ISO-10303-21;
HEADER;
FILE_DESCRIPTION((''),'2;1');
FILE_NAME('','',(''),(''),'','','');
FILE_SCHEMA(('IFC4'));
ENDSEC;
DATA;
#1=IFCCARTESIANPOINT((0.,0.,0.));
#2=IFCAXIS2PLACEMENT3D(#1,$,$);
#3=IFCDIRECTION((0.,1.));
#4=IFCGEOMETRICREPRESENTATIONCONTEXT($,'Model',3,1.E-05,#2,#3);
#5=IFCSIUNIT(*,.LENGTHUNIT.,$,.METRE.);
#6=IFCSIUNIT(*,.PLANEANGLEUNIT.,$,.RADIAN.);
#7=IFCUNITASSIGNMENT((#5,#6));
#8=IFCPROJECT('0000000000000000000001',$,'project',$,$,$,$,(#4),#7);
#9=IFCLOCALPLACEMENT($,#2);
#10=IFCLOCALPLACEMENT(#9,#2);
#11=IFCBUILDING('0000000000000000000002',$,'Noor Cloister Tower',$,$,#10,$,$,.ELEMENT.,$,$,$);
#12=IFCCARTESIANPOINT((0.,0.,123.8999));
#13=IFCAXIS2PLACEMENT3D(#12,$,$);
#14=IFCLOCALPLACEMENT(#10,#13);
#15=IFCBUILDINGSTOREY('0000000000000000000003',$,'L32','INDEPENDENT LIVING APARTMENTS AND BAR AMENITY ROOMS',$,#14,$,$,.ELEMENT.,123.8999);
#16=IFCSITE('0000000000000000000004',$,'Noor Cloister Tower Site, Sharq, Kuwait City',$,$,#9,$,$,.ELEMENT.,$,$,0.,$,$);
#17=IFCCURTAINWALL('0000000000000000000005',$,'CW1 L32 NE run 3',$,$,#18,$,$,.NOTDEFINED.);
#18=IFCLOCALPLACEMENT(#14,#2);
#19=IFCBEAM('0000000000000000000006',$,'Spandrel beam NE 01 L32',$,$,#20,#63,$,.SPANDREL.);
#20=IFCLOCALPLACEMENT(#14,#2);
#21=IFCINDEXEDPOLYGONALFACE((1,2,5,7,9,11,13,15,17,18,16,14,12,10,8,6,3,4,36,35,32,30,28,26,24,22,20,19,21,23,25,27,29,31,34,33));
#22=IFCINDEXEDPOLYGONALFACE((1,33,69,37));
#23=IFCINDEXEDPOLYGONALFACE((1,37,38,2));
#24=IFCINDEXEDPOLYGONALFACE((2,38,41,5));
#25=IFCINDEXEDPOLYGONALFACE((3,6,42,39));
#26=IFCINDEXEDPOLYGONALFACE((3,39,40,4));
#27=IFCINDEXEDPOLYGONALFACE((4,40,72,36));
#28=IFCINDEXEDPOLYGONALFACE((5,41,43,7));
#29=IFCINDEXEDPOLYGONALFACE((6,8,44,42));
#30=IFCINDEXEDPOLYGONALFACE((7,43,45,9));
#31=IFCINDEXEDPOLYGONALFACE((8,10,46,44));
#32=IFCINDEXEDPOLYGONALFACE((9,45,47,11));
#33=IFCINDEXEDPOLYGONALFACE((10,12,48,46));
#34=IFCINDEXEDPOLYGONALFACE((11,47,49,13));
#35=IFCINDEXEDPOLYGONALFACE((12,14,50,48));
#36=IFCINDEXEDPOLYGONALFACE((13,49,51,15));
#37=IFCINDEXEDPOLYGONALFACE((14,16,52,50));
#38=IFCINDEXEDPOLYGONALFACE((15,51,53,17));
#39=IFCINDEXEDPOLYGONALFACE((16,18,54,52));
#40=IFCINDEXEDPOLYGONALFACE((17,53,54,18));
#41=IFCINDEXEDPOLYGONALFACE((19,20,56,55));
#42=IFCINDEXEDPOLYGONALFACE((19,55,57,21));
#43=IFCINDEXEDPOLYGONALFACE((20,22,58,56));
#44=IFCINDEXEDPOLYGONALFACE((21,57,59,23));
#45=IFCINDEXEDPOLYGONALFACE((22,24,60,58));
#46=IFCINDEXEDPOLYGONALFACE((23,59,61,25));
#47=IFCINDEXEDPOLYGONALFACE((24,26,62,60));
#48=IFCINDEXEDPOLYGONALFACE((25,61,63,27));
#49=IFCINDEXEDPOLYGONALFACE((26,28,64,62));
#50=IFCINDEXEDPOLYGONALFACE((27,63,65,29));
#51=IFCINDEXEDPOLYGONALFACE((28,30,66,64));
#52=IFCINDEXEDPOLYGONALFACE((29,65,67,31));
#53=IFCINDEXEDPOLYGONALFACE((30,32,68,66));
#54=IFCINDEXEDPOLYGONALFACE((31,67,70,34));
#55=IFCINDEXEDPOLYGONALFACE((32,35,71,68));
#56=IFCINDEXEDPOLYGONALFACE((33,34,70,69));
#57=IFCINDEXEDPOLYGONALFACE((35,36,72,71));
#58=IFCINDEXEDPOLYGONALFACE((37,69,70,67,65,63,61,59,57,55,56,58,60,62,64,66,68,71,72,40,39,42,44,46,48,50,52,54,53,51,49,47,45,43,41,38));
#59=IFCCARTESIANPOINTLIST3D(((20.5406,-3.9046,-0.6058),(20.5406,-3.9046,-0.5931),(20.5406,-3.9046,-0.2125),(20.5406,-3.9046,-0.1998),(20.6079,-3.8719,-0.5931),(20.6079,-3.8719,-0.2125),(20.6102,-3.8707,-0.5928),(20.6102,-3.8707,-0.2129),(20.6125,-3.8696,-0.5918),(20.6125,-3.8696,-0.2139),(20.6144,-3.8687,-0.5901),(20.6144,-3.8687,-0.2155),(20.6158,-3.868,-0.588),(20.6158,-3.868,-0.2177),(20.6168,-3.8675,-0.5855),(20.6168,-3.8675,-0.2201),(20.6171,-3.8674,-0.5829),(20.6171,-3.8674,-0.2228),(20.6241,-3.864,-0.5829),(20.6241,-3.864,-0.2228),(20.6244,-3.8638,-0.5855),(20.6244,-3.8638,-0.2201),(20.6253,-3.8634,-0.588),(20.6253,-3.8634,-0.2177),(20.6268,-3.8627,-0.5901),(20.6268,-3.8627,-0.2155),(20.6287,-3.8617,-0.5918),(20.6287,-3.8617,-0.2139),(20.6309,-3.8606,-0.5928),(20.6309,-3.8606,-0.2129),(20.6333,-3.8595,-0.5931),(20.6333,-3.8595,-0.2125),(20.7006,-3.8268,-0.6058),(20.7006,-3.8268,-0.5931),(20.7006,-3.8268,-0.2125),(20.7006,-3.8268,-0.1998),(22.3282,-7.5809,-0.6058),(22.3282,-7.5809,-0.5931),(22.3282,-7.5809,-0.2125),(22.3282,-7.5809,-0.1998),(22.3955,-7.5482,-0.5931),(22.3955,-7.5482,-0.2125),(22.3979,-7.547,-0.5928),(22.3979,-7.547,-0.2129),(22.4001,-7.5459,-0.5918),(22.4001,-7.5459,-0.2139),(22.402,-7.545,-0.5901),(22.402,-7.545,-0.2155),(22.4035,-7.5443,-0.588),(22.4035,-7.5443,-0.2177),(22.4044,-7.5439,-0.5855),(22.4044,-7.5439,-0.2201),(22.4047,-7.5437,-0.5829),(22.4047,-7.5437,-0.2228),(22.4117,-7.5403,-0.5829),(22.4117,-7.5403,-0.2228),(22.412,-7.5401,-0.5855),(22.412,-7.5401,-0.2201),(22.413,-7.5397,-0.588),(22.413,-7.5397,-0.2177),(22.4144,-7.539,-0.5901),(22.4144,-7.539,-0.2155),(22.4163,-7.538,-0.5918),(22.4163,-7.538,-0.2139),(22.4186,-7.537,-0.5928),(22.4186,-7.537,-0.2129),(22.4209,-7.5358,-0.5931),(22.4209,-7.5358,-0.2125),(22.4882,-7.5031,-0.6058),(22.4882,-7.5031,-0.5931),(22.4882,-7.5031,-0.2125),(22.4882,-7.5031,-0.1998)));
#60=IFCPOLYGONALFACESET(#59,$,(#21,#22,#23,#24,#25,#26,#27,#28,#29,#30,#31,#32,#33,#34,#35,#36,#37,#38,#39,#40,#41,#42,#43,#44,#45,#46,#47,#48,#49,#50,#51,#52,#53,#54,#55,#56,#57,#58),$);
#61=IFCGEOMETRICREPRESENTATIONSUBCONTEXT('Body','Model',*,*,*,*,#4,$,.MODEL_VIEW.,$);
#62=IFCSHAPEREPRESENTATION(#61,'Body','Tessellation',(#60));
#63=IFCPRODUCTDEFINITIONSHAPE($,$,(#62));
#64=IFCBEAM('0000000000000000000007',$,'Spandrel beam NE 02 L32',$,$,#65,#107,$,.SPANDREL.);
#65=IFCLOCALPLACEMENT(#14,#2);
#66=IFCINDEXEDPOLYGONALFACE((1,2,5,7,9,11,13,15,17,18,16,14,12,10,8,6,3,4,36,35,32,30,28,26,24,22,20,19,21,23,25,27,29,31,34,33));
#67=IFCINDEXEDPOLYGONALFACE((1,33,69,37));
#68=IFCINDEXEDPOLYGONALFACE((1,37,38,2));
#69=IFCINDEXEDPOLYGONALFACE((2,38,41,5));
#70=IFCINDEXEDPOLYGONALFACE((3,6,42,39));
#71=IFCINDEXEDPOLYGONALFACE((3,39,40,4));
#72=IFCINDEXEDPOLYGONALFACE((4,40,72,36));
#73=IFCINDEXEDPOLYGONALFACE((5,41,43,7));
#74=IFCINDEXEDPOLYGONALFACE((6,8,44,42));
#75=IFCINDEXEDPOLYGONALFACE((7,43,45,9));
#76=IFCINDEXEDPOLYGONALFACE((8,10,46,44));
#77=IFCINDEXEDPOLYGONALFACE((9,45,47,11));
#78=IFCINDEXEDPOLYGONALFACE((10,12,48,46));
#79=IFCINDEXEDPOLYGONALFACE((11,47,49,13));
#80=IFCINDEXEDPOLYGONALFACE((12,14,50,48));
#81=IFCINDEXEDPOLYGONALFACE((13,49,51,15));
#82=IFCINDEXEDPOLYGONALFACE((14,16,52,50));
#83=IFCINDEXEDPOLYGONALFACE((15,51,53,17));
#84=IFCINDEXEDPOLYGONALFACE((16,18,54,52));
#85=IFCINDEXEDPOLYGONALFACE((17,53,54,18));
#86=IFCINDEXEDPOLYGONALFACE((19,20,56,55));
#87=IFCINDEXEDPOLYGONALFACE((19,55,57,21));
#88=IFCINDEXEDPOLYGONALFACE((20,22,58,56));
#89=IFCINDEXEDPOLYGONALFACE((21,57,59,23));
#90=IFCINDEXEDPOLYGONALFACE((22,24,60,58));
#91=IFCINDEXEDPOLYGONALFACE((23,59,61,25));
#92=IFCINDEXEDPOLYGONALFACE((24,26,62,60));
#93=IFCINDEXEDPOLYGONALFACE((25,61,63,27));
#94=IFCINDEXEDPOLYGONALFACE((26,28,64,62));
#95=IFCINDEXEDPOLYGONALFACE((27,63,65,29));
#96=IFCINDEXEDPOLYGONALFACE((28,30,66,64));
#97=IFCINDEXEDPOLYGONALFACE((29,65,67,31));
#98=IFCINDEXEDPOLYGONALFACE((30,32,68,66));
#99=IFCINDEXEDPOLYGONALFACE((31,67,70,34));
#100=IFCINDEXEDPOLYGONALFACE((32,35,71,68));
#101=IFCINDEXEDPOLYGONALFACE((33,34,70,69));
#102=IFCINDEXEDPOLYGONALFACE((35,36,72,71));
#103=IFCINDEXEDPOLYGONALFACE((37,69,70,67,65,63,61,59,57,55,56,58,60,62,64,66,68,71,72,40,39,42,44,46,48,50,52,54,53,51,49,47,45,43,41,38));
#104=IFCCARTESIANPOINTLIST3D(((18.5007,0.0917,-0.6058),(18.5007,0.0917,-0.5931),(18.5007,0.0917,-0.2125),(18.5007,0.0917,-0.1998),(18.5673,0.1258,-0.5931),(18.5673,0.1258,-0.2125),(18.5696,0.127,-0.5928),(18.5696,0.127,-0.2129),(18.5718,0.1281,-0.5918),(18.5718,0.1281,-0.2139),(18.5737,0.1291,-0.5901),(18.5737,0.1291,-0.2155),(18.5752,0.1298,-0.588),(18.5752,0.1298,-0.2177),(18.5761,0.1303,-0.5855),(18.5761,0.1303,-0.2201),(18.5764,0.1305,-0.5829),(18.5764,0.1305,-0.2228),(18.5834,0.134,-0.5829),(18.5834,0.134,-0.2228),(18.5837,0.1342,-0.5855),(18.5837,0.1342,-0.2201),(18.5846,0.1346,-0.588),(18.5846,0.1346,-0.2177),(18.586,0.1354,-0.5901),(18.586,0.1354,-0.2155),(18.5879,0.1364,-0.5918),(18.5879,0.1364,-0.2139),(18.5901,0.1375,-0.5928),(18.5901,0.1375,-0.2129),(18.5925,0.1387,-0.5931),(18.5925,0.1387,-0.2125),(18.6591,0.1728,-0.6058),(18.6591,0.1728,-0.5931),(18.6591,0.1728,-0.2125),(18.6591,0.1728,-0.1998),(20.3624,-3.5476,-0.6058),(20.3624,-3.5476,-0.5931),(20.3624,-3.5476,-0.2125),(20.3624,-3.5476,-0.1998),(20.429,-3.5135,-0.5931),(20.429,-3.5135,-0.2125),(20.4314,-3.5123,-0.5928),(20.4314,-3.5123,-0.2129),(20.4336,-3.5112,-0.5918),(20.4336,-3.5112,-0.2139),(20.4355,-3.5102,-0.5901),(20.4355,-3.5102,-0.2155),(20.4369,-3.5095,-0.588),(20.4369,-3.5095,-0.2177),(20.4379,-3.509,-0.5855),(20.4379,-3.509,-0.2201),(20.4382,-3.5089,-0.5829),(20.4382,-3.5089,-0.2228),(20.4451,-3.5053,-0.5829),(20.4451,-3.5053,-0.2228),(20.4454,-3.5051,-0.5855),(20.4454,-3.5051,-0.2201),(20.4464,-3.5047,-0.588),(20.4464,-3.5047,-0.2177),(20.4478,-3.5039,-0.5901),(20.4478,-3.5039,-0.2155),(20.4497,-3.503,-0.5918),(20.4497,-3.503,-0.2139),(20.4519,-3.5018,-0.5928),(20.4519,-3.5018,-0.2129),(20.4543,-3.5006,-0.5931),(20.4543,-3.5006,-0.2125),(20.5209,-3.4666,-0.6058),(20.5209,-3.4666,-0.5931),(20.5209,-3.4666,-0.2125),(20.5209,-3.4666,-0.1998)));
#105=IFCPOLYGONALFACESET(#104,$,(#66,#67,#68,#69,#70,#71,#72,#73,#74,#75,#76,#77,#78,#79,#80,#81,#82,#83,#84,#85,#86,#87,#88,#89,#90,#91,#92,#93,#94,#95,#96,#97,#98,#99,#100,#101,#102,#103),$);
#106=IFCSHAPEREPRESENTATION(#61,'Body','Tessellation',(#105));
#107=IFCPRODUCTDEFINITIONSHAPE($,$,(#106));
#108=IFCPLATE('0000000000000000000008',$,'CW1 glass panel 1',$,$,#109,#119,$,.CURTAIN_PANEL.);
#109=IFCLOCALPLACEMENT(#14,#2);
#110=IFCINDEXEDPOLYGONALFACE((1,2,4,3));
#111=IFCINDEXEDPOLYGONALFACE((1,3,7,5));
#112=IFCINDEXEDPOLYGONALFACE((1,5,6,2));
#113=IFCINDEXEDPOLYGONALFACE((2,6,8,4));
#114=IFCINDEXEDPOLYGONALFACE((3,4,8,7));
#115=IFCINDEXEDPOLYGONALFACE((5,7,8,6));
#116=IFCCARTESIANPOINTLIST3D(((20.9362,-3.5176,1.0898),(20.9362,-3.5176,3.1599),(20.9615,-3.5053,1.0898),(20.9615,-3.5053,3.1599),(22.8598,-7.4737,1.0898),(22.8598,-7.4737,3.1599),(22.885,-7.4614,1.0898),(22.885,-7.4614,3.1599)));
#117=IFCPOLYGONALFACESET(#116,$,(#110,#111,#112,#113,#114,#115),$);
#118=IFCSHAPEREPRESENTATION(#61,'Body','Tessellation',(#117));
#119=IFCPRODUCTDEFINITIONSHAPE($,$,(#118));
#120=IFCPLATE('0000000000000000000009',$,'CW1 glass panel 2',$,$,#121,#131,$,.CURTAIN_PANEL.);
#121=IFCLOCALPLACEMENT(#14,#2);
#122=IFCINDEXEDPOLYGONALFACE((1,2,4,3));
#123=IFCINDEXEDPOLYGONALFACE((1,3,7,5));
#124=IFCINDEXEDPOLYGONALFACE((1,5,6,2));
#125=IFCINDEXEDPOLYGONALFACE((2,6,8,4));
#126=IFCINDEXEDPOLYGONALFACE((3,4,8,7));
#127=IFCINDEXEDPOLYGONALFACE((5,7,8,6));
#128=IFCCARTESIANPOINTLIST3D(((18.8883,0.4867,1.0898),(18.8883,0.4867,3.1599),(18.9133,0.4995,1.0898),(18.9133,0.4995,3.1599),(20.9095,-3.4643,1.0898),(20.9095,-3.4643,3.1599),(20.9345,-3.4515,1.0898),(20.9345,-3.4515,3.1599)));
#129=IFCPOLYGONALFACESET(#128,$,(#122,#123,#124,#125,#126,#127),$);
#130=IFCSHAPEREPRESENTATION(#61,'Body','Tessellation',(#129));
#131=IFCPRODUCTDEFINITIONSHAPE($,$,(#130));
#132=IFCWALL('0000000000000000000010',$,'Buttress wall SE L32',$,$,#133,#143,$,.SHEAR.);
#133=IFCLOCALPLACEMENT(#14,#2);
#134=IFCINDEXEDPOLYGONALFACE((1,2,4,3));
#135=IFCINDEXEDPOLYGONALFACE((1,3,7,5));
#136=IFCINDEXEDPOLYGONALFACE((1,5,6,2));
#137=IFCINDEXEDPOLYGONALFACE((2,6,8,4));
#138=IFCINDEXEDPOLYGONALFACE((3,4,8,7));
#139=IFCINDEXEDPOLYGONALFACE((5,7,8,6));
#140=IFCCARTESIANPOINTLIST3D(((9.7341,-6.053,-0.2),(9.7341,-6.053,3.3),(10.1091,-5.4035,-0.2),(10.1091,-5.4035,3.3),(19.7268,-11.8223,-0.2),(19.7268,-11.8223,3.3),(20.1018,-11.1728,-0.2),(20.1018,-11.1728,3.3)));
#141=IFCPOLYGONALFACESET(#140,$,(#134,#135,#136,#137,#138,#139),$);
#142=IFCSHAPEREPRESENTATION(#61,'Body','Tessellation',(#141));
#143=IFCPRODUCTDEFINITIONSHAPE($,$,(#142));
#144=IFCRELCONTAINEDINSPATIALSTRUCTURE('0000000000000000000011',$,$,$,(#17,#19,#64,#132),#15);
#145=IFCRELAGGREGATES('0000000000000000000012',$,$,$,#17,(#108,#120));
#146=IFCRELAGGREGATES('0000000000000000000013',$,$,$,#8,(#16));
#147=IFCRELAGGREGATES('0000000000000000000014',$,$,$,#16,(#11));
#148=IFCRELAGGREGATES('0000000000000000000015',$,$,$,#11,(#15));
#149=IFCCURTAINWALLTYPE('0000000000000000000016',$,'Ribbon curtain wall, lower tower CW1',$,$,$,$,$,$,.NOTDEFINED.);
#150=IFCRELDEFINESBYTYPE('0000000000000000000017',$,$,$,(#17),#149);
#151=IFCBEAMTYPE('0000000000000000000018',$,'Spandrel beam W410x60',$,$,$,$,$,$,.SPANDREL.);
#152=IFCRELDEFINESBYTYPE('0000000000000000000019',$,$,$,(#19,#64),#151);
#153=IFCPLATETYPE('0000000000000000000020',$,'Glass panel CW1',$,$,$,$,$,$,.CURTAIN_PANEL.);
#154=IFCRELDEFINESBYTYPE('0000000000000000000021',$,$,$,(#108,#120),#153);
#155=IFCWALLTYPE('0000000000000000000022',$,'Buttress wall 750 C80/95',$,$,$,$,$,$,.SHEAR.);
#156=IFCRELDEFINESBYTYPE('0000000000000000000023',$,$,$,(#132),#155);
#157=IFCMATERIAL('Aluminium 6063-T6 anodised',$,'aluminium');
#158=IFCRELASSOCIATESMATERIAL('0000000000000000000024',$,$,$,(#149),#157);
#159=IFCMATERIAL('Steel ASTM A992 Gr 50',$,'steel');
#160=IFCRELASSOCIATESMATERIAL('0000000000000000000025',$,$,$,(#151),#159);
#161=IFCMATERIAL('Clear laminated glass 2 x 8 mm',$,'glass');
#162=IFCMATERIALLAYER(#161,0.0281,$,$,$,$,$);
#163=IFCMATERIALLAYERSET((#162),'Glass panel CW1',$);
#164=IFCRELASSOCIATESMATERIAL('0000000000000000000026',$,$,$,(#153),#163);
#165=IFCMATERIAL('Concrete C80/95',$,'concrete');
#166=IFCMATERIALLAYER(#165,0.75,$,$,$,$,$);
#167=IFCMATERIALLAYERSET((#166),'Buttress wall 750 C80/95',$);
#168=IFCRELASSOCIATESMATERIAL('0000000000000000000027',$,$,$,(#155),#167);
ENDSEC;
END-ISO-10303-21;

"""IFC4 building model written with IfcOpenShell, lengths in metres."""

from ifc_helpers import new_model, si_unit, direction, frame, frame_2d, origin, origin_2d, place, context, subcontext, project, spatial, rectangle, i_section, extrude, material, layer, layer_set, material_profile, profile_set, type_object, element, aggregate, save


model = new_model("IFC4")

# Units and contexts
model_context = context("Model", 3, precision=1e-05, world=origin(), true_north=direction((0.0, 1.0)))
body_context = subcontext(model_context, "Body", "Model", "MODEL_VIEW")
ifc_project = project(units=[si_unit("LENGTHUNIT", "METRE"), si_unit("PLANEANGLEUNIT", "RADIAN")], contexts=[model_context])

# Site, building, storey
site_placement = place(None, origin())
site = spatial("IfcSite", under=ifc_project, at=site_placement, Name="Noor Cloister Tower Site, Sharq, Kuwait City", CompositionType="ELEMENT", RefElevation=0.0)
building_placement = place(site_placement, origin())
building = spatial("IfcBuilding", under=site, at=building_placement, Name="Noor Cloister Tower", CompositionType="ELEMENT")
storey_placement = place(building_placement, frame((0.0, 0.0, 123.8999)))
storey = spatial("IfcBuildingStorey", under=building, at=storey_placement, Name="L32", Description="INDEPENDENT LIVING APARTMENTS AND BAR AMENITY ROOMS", CompositionType="ELEMENT", Elevation=123.8999)

# Curtain wall
ifc_material_1 = material(Name="Aluminium 6063-T6 anodised", Category="aluminium")
curtain_wall_type = type_object("IfcCurtainWallType", Name="Ribbon curtain wall, lower tower CW1", PredefinedType="NOTDEFINED", material=ifc_material_1)
curtain_wall_placement = place(storey_placement, origin())
curtain_wall = element("IfcCurtainWall", 1, at=curtain_wall_placement, inside=storey, type_object=curtain_wall_type, Name="CW1 L32 NE run 3", PredefinedType="NOTDEFINED")

# Beams
ifc_material_2 = material(Name="Steel ASTM A992 Gr 50", Category="steel")
ifc_material_profile_1 = material_profile(ifc_material_2, i_section(OverallWidth=0.178, OverallDepth=0.406, WebThickness=0.0078, FlangeThickness=0.0127, FilletRadius=0.0103, at=origin_2d()), Name="W410x60")
ifc_profile_set_1 = profile_set([ifc_material_profile_1], Name="Steel ASTM A992 Gr 50")
beam_type_1 = type_object("IfcBeamType", Name="Spandrel beam W410x60", PredefinedType="SPANDREL", material=ifc_profile_set_1)
for number, where, z_axis, x_axis, name in (
    (2, (22.4082, -7.542, -0.4028), (-0.437296, 0.899318, 0.0), (-0.899318, -0.437296, 0.0), "Spandrel beam NE 01 L32"),
    (3, (20.4417, -3.5071, -0.4028), (-0.455436, 0.890268, 0.0), (-0.890268, -0.455436, 0.0), "Spandrel beam NE 02 L32"),
):
    element("IfcBeam", number, at=place(storey_placement, frame(where, z_axis=z_axis, x_axis=x_axis)), inside=storey, type_object=beam_type_1, Name=name, PredefinedType="SPANDREL", context=body_context, shape_type="SweptSolid", body=[
        extrude(i_section(OverallWidth=0.178, OverallDepth=0.406, WebThickness=0.0078, FlangeThickness=0.0127, FilletRadius=0.0103, at=origin_2d()), origin(), (0.0, 0.0, 1.0), 4.0879),
    ])

# Plates
ifc_material_3 = material(Name="Clear laminated glass 2 x 8 mm", Category="glass")
ifc_layer_1 = layer(ifc_material_3, 0.0281)
ifc_layer_set_1 = layer_set([ifc_layer_1], Name="Glass panel CW1")
plate_type = type_object("IfcPlateType", Name="Glass panel CW1", PredefinedType="CURTAIN_PANEL", material=ifc_layer_set_1)
plate_1_placement = place(storey_placement, frame((21.9106, -5.4895, 1.0898), z_axis=(0.0, 0.0, 1.0), x_axis=(-0.437276, 0.899328, 0.0)))
plate_1 = element("IfcPlate", 4, at=plate_1_placement, type_object=plate_type, Name="CW1 glass panel 1", PredefinedType="CURTAIN_PANEL", context=body_context, shape_type="SweptSolid", body=[
    extrude(rectangle(XDim=4.3989, YDim=0.0281, at=origin_2d()), origin(), (0.0, 0.0, 1.0), 2.0701),
])
plate_2_placement = place(storey_placement, frame((19.9114, -1.4824, 1.0898), z_axis=(0.0, 0.0, 1.0), x_axis=(-0.455436, 0.890269, 0.0)))
plate_2 = element("IfcPlate", 5, at=plate_2_placement, type_object=plate_type, Name="CW1 glass panel 2", PredefinedType="CURTAIN_PANEL", context=body_context, shape_type="SweptSolid", body=[
    extrude(rectangle(XDim=4.438, YDim=0.0281, at=origin_2d()), origin(), (0.0, 0.0, 1.0), 2.0701),
])
aggregate(curtain_wall, [plate_1, plate_2])

# Wall
ifc_material_4 = material(Name="Concrete C80/95", Category="concrete")
ifc_layer_2 = layer(ifc_material_4, 0.75)
ifc_layer_set_2 = layer_set([ifc_layer_2], Name="Buttress wall 750 C80/95")
wall_type_1 = type_object("IfcWallType", Name="Buttress wall 750 C80/95", PredefinedType="SHEAR", material=ifc_layer_set_2)
wall_1_placement = place(storey_placement, frame((9.9216, -5.7283, -0.2), z_axis=(0.0, 0.0, 1.0), x_axis=(0.866025, -0.500001, 0.0)))
element("IfcWall", 6, at=wall_1_placement, inside=storey, type_object=wall_type_1, Name="Buttress wall SE L32", PredefinedType="SHEAR", context=body_context, shape_type="SweptSolid", body=[
    extrude(rectangle(XDim=11.5386, YDim=0.75, at=frame_2d((5.7693, 0.0))), origin(), (0.0, 0.0, 1.0), 3.5),
])

save(model, "model.ifc")
